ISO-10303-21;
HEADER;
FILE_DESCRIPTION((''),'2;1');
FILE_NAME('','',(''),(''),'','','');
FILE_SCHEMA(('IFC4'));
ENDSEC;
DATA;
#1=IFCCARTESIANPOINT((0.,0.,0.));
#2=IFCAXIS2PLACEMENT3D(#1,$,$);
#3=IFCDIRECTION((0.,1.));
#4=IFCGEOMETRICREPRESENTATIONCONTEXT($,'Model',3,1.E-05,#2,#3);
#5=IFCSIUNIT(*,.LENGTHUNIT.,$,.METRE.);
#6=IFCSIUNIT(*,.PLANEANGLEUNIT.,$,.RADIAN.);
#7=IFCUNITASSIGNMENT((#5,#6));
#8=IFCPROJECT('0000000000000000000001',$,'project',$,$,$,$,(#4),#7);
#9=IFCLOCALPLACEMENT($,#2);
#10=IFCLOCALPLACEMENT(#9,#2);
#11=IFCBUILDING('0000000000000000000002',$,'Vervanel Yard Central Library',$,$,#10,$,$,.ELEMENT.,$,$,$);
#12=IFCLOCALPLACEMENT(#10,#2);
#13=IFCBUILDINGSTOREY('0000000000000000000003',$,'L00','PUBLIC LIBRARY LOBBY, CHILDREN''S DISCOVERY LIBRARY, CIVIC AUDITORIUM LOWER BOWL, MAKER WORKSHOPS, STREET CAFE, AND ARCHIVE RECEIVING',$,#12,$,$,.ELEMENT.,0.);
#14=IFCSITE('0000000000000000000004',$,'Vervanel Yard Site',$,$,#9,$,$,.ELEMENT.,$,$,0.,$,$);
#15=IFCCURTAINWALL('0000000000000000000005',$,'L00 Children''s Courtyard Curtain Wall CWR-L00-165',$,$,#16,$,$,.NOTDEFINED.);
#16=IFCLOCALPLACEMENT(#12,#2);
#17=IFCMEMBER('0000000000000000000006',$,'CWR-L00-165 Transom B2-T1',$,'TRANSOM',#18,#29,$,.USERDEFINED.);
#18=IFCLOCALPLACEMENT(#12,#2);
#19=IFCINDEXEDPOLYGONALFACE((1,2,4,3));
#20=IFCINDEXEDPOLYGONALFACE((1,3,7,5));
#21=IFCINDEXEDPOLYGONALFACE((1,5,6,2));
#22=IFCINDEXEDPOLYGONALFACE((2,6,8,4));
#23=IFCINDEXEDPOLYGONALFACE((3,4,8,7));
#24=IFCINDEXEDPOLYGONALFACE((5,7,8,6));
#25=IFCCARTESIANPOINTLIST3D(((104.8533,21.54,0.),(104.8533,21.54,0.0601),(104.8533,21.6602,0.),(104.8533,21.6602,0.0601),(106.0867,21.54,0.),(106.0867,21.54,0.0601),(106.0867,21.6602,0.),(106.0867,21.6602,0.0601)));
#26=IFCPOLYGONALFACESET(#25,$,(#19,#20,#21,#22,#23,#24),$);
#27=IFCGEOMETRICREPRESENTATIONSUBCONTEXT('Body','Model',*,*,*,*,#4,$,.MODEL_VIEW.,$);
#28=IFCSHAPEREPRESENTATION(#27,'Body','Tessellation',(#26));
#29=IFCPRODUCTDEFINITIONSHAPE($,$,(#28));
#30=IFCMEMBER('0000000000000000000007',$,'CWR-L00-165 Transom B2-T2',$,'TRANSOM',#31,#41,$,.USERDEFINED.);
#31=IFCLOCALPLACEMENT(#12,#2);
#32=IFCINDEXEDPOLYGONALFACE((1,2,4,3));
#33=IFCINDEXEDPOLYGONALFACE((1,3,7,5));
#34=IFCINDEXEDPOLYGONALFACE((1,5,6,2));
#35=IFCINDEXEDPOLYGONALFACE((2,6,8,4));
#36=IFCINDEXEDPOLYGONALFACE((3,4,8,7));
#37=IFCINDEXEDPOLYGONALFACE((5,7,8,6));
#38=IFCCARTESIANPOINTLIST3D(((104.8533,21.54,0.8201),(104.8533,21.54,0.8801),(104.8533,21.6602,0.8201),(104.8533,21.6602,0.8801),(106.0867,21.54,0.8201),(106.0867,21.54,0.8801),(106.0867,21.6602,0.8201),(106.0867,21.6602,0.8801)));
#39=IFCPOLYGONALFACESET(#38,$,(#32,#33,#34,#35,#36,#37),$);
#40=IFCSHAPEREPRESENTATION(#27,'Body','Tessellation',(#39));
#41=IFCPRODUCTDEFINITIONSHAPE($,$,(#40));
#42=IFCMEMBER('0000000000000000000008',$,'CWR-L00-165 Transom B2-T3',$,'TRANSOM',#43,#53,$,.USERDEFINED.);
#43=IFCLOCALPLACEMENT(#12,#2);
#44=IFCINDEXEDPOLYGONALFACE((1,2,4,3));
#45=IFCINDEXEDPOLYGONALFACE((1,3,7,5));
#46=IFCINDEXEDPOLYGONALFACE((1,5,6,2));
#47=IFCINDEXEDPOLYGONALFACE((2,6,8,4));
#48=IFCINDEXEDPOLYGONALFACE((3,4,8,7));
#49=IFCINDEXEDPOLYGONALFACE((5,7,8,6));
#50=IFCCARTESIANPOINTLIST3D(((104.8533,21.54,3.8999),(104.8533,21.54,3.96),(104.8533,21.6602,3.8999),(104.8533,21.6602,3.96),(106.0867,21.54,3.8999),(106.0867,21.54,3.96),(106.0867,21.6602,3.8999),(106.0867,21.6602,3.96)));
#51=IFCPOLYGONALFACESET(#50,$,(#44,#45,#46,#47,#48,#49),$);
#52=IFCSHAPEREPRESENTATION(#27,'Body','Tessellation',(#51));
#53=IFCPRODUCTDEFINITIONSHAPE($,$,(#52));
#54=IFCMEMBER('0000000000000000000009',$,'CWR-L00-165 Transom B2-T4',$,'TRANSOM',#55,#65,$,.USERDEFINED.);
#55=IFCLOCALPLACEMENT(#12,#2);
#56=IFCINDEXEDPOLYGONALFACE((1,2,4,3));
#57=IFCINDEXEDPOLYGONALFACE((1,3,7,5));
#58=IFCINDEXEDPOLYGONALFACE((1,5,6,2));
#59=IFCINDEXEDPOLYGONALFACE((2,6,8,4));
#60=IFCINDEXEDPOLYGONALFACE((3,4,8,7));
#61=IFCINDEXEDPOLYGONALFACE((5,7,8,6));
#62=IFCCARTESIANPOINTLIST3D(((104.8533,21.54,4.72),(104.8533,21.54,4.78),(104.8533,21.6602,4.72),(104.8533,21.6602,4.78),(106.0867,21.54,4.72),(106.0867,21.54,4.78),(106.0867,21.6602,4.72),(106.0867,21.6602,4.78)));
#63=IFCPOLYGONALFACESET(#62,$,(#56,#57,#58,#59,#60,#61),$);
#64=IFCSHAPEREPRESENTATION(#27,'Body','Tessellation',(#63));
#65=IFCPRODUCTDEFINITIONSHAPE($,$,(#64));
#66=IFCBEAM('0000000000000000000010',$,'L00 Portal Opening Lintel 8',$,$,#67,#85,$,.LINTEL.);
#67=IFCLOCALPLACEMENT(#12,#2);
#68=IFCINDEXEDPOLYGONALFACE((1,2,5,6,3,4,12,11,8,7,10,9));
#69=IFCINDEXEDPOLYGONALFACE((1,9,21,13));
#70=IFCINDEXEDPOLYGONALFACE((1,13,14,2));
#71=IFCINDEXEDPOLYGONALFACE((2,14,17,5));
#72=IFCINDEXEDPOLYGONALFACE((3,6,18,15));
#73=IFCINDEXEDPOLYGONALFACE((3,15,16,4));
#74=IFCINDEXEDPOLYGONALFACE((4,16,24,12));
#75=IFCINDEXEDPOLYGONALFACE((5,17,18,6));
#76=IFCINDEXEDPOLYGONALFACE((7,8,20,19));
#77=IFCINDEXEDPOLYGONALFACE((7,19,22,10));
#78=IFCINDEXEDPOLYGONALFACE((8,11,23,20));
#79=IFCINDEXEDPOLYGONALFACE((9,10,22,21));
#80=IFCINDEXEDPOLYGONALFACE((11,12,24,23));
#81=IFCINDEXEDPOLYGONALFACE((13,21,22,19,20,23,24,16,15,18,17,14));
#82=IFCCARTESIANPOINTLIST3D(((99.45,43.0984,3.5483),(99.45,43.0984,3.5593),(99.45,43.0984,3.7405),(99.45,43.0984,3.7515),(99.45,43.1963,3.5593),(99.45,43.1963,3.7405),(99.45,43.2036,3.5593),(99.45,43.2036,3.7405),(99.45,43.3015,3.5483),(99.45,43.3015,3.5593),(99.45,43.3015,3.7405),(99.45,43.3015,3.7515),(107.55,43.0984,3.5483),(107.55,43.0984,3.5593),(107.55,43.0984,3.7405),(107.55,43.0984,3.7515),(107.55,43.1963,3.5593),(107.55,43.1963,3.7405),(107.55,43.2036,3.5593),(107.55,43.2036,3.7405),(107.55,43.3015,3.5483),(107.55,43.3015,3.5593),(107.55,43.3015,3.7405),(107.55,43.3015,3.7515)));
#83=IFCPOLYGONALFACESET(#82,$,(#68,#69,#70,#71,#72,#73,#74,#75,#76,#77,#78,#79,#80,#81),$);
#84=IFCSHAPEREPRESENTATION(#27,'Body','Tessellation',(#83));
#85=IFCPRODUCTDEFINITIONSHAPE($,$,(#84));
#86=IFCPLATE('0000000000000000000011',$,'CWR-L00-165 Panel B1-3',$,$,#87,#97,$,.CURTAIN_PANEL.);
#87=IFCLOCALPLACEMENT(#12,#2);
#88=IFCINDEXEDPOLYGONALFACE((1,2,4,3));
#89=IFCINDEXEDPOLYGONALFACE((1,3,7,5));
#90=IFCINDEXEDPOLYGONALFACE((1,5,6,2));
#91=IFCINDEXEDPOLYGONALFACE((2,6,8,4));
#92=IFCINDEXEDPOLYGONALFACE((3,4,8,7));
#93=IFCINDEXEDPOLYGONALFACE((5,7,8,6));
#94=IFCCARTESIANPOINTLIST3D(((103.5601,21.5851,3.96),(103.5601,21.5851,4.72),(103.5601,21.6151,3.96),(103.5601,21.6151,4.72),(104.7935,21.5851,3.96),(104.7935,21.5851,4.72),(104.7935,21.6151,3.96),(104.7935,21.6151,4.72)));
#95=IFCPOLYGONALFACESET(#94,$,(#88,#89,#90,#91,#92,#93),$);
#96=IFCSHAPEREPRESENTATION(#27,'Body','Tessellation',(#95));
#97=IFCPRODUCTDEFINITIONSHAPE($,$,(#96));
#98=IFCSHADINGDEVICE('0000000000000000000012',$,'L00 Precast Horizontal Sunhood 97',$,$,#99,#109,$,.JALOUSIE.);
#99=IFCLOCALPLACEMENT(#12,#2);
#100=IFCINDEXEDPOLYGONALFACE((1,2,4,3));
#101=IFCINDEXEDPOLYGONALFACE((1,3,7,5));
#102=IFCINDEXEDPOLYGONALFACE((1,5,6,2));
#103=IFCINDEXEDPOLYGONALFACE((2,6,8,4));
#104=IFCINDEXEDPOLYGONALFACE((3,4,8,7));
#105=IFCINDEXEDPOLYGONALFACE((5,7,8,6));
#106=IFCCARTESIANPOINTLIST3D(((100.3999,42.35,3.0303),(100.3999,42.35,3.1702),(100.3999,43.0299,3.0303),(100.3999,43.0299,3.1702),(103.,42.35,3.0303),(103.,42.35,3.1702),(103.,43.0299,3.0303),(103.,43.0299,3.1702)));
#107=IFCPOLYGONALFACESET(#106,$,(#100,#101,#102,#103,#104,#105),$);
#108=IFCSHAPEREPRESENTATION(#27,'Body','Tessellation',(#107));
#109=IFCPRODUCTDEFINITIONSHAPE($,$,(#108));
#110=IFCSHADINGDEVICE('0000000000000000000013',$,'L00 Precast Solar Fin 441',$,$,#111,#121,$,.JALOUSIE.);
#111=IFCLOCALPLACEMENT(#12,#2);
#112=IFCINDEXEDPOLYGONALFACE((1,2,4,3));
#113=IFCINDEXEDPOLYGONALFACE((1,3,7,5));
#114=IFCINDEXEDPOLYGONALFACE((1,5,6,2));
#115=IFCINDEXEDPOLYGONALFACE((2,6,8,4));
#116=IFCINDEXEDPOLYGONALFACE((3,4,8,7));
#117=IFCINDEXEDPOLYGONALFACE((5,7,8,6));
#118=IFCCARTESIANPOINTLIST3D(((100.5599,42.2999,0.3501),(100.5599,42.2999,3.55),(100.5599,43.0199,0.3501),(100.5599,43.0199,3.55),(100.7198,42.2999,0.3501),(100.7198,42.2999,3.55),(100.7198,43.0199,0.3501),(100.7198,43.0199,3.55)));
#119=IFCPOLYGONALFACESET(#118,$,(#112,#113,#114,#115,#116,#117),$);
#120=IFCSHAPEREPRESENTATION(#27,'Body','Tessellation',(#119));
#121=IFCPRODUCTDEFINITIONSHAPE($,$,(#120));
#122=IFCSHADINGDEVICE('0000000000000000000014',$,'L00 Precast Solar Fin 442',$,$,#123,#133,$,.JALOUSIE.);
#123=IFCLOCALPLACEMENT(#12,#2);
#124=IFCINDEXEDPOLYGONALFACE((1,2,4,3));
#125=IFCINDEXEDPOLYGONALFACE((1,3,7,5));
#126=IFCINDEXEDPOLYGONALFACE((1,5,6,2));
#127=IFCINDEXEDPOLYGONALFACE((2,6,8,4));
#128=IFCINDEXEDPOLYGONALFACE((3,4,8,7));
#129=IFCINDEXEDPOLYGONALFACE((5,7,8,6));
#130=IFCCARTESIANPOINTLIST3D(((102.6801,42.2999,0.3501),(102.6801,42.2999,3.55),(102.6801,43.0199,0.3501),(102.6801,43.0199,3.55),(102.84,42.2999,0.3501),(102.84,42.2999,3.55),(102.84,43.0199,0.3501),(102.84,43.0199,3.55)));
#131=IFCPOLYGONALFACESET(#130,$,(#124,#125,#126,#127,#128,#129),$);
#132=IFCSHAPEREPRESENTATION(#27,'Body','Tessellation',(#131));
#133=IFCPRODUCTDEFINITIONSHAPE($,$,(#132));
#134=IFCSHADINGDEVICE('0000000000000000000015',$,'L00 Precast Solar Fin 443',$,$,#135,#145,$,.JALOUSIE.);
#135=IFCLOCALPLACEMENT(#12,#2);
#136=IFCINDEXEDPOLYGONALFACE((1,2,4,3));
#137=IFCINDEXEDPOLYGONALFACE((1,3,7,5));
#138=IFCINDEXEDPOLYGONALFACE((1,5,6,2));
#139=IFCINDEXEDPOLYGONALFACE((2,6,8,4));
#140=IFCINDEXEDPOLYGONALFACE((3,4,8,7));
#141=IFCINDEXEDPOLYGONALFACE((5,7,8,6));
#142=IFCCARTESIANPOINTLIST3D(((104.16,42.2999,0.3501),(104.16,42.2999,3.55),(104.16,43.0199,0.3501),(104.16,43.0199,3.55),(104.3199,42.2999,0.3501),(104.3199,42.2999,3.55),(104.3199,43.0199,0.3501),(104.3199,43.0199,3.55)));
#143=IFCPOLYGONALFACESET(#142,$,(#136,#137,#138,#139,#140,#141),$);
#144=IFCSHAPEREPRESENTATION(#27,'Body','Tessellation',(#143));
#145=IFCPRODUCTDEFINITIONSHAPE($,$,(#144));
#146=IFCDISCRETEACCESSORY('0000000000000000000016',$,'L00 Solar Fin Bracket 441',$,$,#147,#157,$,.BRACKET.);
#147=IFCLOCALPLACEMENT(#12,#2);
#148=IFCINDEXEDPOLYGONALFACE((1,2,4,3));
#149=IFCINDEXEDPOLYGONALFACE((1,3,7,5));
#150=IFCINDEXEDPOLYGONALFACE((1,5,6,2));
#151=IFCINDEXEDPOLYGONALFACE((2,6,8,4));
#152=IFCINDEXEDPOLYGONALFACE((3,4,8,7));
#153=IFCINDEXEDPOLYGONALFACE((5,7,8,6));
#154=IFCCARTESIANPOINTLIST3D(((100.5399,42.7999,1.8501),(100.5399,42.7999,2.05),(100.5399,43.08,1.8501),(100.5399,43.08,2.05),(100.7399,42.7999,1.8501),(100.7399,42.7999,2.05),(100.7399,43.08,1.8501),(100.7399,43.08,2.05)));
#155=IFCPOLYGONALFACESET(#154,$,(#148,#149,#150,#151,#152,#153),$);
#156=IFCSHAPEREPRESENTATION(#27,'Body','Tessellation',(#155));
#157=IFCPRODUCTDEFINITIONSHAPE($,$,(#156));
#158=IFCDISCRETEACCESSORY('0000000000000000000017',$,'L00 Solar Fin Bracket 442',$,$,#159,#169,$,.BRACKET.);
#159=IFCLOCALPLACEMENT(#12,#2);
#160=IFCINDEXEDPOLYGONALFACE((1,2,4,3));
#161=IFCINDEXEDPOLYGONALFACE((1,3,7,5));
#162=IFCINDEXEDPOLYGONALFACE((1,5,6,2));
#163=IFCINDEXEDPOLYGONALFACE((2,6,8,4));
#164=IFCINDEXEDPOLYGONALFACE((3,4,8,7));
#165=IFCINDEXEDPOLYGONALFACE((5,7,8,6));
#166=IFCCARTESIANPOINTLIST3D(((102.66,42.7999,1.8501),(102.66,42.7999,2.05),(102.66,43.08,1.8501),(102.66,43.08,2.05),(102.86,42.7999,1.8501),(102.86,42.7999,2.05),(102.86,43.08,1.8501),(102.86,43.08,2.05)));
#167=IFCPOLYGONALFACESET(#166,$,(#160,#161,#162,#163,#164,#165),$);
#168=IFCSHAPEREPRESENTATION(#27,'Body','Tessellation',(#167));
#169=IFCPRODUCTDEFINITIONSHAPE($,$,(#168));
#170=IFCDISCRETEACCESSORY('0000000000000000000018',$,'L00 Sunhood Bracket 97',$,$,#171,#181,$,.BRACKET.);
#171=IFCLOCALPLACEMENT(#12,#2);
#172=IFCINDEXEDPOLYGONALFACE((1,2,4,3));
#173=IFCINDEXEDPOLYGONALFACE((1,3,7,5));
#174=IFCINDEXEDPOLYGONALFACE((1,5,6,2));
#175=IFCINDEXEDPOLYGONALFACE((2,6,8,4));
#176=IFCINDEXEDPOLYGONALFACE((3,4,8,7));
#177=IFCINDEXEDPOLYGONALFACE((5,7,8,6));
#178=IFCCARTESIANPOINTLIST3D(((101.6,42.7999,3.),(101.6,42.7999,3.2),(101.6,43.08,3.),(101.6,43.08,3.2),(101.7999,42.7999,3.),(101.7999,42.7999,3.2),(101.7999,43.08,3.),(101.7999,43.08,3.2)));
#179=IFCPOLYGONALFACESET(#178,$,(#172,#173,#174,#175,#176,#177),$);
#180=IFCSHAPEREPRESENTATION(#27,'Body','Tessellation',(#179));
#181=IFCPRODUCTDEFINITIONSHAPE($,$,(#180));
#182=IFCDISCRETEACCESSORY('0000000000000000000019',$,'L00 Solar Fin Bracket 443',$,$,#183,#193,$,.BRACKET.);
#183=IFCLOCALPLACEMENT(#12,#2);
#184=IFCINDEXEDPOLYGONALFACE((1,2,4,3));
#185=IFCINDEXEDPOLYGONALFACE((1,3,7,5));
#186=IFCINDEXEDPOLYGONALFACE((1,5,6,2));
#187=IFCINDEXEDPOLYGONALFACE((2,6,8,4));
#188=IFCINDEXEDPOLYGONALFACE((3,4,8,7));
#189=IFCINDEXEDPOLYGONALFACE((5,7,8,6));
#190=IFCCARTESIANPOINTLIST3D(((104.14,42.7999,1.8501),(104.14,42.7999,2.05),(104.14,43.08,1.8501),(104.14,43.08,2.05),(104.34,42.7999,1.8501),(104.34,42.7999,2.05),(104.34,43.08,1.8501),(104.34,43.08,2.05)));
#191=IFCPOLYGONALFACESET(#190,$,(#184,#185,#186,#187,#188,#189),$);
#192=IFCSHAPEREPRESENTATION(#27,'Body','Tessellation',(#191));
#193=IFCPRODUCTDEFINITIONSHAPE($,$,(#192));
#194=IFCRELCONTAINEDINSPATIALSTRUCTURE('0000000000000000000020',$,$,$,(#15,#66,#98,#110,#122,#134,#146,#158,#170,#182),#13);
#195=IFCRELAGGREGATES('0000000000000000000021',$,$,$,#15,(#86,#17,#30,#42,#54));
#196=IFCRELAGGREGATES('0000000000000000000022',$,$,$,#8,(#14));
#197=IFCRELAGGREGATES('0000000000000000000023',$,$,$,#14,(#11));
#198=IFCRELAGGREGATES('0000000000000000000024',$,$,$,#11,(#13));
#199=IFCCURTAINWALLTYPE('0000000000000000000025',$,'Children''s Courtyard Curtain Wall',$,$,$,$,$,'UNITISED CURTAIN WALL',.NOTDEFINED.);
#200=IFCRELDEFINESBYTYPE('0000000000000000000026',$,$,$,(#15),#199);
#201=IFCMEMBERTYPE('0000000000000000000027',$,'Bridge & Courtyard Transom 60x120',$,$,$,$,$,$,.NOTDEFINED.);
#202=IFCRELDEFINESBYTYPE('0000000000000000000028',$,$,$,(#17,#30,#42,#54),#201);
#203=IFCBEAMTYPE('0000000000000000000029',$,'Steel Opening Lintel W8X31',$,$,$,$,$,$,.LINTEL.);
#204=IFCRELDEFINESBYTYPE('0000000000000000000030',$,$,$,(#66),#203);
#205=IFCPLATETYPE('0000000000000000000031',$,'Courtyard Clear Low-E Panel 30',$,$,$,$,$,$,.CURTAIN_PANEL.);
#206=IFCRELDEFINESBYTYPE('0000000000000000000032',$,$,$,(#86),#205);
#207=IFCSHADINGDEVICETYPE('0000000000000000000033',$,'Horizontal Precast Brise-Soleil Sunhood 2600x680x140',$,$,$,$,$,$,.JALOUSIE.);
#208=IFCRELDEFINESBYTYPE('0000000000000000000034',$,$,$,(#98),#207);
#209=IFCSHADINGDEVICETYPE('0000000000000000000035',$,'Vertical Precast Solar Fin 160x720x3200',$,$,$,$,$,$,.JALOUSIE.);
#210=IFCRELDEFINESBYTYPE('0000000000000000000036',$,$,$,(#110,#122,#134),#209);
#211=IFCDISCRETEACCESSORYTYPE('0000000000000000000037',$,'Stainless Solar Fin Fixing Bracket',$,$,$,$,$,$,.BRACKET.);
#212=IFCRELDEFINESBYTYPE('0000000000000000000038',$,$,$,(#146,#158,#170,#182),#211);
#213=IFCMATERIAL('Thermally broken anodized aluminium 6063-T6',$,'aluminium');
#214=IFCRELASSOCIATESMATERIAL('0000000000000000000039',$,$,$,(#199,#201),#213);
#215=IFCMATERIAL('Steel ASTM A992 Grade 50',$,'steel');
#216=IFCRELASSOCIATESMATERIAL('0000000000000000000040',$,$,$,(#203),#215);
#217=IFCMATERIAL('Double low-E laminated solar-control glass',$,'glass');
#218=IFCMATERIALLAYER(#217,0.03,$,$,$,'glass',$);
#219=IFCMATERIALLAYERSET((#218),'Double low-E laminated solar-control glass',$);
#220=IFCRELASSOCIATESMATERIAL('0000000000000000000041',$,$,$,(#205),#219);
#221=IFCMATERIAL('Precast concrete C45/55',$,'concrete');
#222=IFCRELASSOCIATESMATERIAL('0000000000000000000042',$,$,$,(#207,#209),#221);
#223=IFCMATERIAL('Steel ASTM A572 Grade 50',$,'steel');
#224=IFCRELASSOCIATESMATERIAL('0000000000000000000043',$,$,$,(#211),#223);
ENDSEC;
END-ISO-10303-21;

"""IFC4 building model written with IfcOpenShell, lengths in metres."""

from ifc_helpers import new_model, si_unit, direction, frame, origin, origin_2d, place, context, subcontext, project, spatial, rectangle, i_section, extrude, material, layer, layer_set, material_profile, profile_set, type_object, element, aggregate, save


model = new_model("IFC4")

# Units and contexts
model_context = context("Model", 3, precision=1e-05, world=origin(), true_north=direction((0.0, 1.0)))
body_context = subcontext(model_context, "Body", "Model", "MODEL_VIEW")
ifc_project = project(units=[si_unit("LENGTHUNIT", "METRE"), si_unit("PLANEANGLEUNIT", "RADIAN")], contexts=[model_context])

# Site, building, storey
site_placement = place(None, origin())
site = spatial("IfcSite", under=ifc_project, at=site_placement, Name="Vervanel Yard Site", CompositionType="ELEMENT", RefElevation=0.0)
building_placement = place(site_placement, origin())
building = spatial("IfcBuilding", under=site, at=building_placement, Name="Vervanel Yard Central Library", CompositionType="ELEMENT")
storey_placement = place(building_placement, origin())
storey = spatial("IfcBuildingStorey", under=building, at=storey_placement, Name="L00", Description="PUBLIC LIBRARY LOBBY, CHILDREN'S DISCOVERY LIBRARY, CIVIC AUDITORIUM LOWER BOWL, MAKER WORKSHOPS, STREET CAFE, AND ARCHIVE RECEIVING", CompositionType="ELEMENT", Elevation=0.0)

# Curtain wall, members
ifc_material_1 = material(Name="Thermally broken anodized aluminium 6063-T6", Category="aluminium")
curtain_wall_type = type_object("IfcCurtainWallType", Name="Children's Courtyard Curtain Wall", ElementType="UNITISED CURTAIN WALL", PredefinedType="NOTDEFINED", material=ifc_material_1)
curtain_wall_placement = place(storey_placement, origin())
curtain_wall = element("IfcCurtainWall", 1, at=curtain_wall_placement, inside=storey, type_object=curtain_wall_type, Name="L00 Children's Courtyard Curtain Wall CWR-L00-165", PredefinedType="NOTDEFINED")
ifc_material_profile_1 = material_profile(ifc_material_1, rectangle(XDim=0.0601, YDim=0.1201, at=origin_2d()), Name="ALU 60x120", Category="aluminium")
ifc_profile_set_1 = profile_set([ifc_material_profile_1], Name="Thermally broken anodized aluminium 6063-T6")
member_type = type_object("IfcMemberType", Name="Bridge & Courtyard Transom 60x120", PredefinedType="NOTDEFINED", material=ifc_profile_set_1)
member_1_placement = place(storey_placement, frame((104.8533, 21.6001, 0.03), z_axis=(1.0, 0.0, 0.0), x_axis=(0.0, 0.0, 1.0)))
member_1 = element("IfcMember", 2, at=member_1_placement, type_object=member_type, Name="CWR-L00-165 Transom B2-T1", ObjectType="TRANSOM", PredefinedType="USERDEFINED", context=body_context, shape_type="SweptSolid", body=[
    extrude(rectangle(XDim=0.0601, YDim=0.1201, at=origin_2d()), origin(), (0.0, 0.0, 1.0), 1.2334),
])
member_2_placement = place(storey_placement, frame((104.8533, 21.6001, 0.8501), z_axis=(1.0, 0.0, 0.0), x_axis=(0.0, 0.0, 1.0)))
member_2 = element("IfcMember", 3, at=member_2_placement, type_object=member_type, Name="CWR-L00-165 Transom B2-T2", ObjectType="TRANSOM", PredefinedType="USERDEFINED", context=body_context, shape_type="SweptSolid", body=[
    extrude(rectangle(XDim=0.0601, YDim=0.1201, at=origin_2d()), origin(), (0.0, 0.0, 1.0), 1.2334),
])
member_3_placement = place(storey_placement, frame((104.8533, 21.6001, 3.9299), z_axis=(1.0, 0.0, 0.0), x_axis=(0.0, 0.0, 1.0)))
member_3 = element("IfcMember", 4, at=member_3_placement, type_object=member_type, Name="CWR-L00-165 Transom B2-T3", ObjectType="TRANSOM", PredefinedType="USERDEFINED", context=body_context, shape_type="SweptSolid", body=[
    extrude(rectangle(XDim=0.0601, YDim=0.1201, at=origin_2d()), origin(), (0.0, 0.0, 1.0), 1.2334),
])
member_4_placement = place(storey_placement, frame((104.8533, 21.6001, 4.75), z_axis=(1.0, 0.0, 0.0), x_axis=(0.0, 0.0, 1.0)))
member_4 = element("IfcMember", 5, at=member_4_placement, type_object=member_type, Name="CWR-L00-165 Transom B2-T4", ObjectType="TRANSOM", PredefinedType="USERDEFINED", context=body_context, shape_type="SweptSolid", body=[
    extrude(rectangle(XDim=0.0601, YDim=0.1201, at=origin_2d()), origin(), (0.0, 0.0, 1.0), 1.2334),
])

# Beam
ifc_material_2 = material(Name="Steel ASTM A992 Grade 50", Category="steel")
ifc_material_profile_2 = material_profile(ifc_material_2, i_section(OverallWidth=0.2031, OverallDepth=0.2031, WebThickness=0.0073, FlangeThickness=0.011, at=origin_2d()), Name="W8X31", Category="steel")
ifc_profile_set_2 = profile_set([ifc_material_profile_2], Name="Steel ASTM A992 Grade 50")
beam_type = type_object("IfcBeamType", Name="Steel Opening Lintel W8X31", PredefinedType="LINTEL", material=ifc_profile_set_2)
beam_placement = place(storey_placement, frame((99.45, 43.2, 3.6499), z_axis=(1.0, 0.0, 0.0), x_axis=(0.0, 1.0, 0.0)))
element("IfcBeam", 6, at=beam_placement, inside=storey, type_object=beam_type, Name="L00 Portal Opening Lintel 8", PredefinedType="LINTEL", context=body_context, shape_type="SweptSolid", body=[
    extrude(i_section(OverallWidth=0.2031, OverallDepth=0.2031, WebThickness=0.0073, FlangeThickness=0.011, at=origin_2d()), origin(), (0.0, 0.0, 1.0), 8.1001),
])

# Plate
ifc_material_3 = material(Name="Double low-E laminated solar-control glass", Category="glass")
ifc_layer = layer(ifc_material_3, 0.03, Category="glass")
ifc_layer_set = layer_set([ifc_layer], Name="Double low-E laminated solar-control glass")
plate_type = type_object("IfcPlateType", Name="Courtyard Clear Low-E Panel 30", PredefinedType="CURTAIN_PANEL", material=ifc_layer_set)
plate_placement = place(storey_placement, frame((104.1768, 21.6001, 3.96), z_axis=(0.0, 0.0, 1.0), x_axis=(1.0, 0.0, 0.0)))
plate = element("IfcPlate", 7, at=plate_placement, type_object=plate_type, Name="CWR-L00-165 Panel B1-3", PredefinedType="CURTAIN_PANEL", context=body_context, shape_type="SweptSolid", body=[
    extrude(rectangle(XDim=1.2334, YDim=0.03, at=origin_2d()), origin(), (0.0, 0.0, 1.0), 0.76),
])
aggregate(curtain_wall, [plate, member_1, member_2, member_3, member_4])

# Shading devices
ifc_material_4 = material(Name="Precast concrete C45/55", Category="concrete")
shading_device_type_1 = type_object("IfcShadingDeviceType", Name="Horizontal Precast Brise-Soleil Sunhood 2600x680x140", PredefinedType="JALOUSIE", material=ifc_material_4)
shading_device_placement = place(storey_placement, frame((101.7, 42.6899, 3.0303), z_axis=(0.0, 0.0, 1.0), x_axis=(1.0, 0.0, 0.0)))
element("IfcShadingDevice", 8, at=shading_device_placement, inside=storey, type_object=shading_device_type_1, Name="L00 Precast Horizontal Sunhood 97", PredefinedType="JALOUSIE", context=body_context, shape_type="SweptSolid", body=[
    extrude(rectangle(XDim=2.6001, YDim=0.6799, at=origin_2d()), origin(), (0.0, 0.0, 1.0), 0.1399),
])
shading_device_type_2 = type_object("IfcShadingDeviceType", Name="Vertical Precast Solar Fin 160x720x3200", PredefinedType="JALOUSIE", material=ifc_material_4)
for number, where, z_axis, x_axis, name in (
    (9, (100.6399, 42.6599, 0.3501), (0.0, 0.0, 1.0), (1.0, 0.0, 0.0), "L00 Precast Solar Fin 441"),
    (10, (102.76, 42.6599, 0.3501), (0.0, 0.0, 1.0), (1.0, 0.0, 0.0), "L00 Precast Solar Fin 442"),
    (11, (104.24, 42.6599, 0.3501), (0.0, 0.0, 1.0), (1.0, 0.0, 0.0), "L00 Precast Solar Fin 443"),
):
    element("IfcShadingDevice", number, at=place(storey_placement, frame(where, z_axis=z_axis, x_axis=x_axis)), inside=storey, type_object=shading_device_type_2, Name=name, PredefinedType="JALOUSIE", context=body_context, shape_type="SweptSolid", body=[
        extrude(rectangle(XDim=0.1599, YDim=0.72, at=origin_2d()), origin(), (0.0, 0.0, 1.0), 3.2),
    ])

# Discrete accessories
ifc_material_5 = material(Name="Steel ASTM A572 Grade 50", Category="steel")
discrete_accessory_type = type_object("IfcDiscreteAccessoryType", Name="Stainless Solar Fin Fixing Bracket", PredefinedType="BRACKET", material=ifc_material_5)
for number, where, z_axis, x_axis, name in (
    (12, (100.6399, 42.9399, 1.8501), (0.0, 0.0, 1.0), (1.0, 0.0, 0.0), "L00 Solar Fin Bracket 441"),
    (13, (102.76, 42.9399, 1.8501), (0.0, 0.0, 1.0), (1.0, 0.0, 0.0), "L00 Solar Fin Bracket 442"),
    (14, (101.7, 42.9399, 3.0), (0.0, 0.0, 1.0), (1.0, 0.0, 0.0), "L00 Sunhood Bracket 97"),
    (15, (104.24, 42.9399, 1.8501), (0.0, 0.0, 1.0), (1.0, 0.0, 0.0), "L00 Solar Fin Bracket 443"),
):
    element("IfcDiscreteAccessory", number, at=place(storey_placement, frame(where, z_axis=z_axis, x_axis=x_axis)), inside=storey, type_object=discrete_accessory_type, Name=name, PredefinedType="BRACKET", context=body_context, shape_type="SweptSolid", body=[
        extrude(rectangle(XDim=0.2, YDim=0.28, at=origin_2d()), origin(), (0.0, 0.0, 1.0), 0.2),
    ])

save(model, "model.ifc")
